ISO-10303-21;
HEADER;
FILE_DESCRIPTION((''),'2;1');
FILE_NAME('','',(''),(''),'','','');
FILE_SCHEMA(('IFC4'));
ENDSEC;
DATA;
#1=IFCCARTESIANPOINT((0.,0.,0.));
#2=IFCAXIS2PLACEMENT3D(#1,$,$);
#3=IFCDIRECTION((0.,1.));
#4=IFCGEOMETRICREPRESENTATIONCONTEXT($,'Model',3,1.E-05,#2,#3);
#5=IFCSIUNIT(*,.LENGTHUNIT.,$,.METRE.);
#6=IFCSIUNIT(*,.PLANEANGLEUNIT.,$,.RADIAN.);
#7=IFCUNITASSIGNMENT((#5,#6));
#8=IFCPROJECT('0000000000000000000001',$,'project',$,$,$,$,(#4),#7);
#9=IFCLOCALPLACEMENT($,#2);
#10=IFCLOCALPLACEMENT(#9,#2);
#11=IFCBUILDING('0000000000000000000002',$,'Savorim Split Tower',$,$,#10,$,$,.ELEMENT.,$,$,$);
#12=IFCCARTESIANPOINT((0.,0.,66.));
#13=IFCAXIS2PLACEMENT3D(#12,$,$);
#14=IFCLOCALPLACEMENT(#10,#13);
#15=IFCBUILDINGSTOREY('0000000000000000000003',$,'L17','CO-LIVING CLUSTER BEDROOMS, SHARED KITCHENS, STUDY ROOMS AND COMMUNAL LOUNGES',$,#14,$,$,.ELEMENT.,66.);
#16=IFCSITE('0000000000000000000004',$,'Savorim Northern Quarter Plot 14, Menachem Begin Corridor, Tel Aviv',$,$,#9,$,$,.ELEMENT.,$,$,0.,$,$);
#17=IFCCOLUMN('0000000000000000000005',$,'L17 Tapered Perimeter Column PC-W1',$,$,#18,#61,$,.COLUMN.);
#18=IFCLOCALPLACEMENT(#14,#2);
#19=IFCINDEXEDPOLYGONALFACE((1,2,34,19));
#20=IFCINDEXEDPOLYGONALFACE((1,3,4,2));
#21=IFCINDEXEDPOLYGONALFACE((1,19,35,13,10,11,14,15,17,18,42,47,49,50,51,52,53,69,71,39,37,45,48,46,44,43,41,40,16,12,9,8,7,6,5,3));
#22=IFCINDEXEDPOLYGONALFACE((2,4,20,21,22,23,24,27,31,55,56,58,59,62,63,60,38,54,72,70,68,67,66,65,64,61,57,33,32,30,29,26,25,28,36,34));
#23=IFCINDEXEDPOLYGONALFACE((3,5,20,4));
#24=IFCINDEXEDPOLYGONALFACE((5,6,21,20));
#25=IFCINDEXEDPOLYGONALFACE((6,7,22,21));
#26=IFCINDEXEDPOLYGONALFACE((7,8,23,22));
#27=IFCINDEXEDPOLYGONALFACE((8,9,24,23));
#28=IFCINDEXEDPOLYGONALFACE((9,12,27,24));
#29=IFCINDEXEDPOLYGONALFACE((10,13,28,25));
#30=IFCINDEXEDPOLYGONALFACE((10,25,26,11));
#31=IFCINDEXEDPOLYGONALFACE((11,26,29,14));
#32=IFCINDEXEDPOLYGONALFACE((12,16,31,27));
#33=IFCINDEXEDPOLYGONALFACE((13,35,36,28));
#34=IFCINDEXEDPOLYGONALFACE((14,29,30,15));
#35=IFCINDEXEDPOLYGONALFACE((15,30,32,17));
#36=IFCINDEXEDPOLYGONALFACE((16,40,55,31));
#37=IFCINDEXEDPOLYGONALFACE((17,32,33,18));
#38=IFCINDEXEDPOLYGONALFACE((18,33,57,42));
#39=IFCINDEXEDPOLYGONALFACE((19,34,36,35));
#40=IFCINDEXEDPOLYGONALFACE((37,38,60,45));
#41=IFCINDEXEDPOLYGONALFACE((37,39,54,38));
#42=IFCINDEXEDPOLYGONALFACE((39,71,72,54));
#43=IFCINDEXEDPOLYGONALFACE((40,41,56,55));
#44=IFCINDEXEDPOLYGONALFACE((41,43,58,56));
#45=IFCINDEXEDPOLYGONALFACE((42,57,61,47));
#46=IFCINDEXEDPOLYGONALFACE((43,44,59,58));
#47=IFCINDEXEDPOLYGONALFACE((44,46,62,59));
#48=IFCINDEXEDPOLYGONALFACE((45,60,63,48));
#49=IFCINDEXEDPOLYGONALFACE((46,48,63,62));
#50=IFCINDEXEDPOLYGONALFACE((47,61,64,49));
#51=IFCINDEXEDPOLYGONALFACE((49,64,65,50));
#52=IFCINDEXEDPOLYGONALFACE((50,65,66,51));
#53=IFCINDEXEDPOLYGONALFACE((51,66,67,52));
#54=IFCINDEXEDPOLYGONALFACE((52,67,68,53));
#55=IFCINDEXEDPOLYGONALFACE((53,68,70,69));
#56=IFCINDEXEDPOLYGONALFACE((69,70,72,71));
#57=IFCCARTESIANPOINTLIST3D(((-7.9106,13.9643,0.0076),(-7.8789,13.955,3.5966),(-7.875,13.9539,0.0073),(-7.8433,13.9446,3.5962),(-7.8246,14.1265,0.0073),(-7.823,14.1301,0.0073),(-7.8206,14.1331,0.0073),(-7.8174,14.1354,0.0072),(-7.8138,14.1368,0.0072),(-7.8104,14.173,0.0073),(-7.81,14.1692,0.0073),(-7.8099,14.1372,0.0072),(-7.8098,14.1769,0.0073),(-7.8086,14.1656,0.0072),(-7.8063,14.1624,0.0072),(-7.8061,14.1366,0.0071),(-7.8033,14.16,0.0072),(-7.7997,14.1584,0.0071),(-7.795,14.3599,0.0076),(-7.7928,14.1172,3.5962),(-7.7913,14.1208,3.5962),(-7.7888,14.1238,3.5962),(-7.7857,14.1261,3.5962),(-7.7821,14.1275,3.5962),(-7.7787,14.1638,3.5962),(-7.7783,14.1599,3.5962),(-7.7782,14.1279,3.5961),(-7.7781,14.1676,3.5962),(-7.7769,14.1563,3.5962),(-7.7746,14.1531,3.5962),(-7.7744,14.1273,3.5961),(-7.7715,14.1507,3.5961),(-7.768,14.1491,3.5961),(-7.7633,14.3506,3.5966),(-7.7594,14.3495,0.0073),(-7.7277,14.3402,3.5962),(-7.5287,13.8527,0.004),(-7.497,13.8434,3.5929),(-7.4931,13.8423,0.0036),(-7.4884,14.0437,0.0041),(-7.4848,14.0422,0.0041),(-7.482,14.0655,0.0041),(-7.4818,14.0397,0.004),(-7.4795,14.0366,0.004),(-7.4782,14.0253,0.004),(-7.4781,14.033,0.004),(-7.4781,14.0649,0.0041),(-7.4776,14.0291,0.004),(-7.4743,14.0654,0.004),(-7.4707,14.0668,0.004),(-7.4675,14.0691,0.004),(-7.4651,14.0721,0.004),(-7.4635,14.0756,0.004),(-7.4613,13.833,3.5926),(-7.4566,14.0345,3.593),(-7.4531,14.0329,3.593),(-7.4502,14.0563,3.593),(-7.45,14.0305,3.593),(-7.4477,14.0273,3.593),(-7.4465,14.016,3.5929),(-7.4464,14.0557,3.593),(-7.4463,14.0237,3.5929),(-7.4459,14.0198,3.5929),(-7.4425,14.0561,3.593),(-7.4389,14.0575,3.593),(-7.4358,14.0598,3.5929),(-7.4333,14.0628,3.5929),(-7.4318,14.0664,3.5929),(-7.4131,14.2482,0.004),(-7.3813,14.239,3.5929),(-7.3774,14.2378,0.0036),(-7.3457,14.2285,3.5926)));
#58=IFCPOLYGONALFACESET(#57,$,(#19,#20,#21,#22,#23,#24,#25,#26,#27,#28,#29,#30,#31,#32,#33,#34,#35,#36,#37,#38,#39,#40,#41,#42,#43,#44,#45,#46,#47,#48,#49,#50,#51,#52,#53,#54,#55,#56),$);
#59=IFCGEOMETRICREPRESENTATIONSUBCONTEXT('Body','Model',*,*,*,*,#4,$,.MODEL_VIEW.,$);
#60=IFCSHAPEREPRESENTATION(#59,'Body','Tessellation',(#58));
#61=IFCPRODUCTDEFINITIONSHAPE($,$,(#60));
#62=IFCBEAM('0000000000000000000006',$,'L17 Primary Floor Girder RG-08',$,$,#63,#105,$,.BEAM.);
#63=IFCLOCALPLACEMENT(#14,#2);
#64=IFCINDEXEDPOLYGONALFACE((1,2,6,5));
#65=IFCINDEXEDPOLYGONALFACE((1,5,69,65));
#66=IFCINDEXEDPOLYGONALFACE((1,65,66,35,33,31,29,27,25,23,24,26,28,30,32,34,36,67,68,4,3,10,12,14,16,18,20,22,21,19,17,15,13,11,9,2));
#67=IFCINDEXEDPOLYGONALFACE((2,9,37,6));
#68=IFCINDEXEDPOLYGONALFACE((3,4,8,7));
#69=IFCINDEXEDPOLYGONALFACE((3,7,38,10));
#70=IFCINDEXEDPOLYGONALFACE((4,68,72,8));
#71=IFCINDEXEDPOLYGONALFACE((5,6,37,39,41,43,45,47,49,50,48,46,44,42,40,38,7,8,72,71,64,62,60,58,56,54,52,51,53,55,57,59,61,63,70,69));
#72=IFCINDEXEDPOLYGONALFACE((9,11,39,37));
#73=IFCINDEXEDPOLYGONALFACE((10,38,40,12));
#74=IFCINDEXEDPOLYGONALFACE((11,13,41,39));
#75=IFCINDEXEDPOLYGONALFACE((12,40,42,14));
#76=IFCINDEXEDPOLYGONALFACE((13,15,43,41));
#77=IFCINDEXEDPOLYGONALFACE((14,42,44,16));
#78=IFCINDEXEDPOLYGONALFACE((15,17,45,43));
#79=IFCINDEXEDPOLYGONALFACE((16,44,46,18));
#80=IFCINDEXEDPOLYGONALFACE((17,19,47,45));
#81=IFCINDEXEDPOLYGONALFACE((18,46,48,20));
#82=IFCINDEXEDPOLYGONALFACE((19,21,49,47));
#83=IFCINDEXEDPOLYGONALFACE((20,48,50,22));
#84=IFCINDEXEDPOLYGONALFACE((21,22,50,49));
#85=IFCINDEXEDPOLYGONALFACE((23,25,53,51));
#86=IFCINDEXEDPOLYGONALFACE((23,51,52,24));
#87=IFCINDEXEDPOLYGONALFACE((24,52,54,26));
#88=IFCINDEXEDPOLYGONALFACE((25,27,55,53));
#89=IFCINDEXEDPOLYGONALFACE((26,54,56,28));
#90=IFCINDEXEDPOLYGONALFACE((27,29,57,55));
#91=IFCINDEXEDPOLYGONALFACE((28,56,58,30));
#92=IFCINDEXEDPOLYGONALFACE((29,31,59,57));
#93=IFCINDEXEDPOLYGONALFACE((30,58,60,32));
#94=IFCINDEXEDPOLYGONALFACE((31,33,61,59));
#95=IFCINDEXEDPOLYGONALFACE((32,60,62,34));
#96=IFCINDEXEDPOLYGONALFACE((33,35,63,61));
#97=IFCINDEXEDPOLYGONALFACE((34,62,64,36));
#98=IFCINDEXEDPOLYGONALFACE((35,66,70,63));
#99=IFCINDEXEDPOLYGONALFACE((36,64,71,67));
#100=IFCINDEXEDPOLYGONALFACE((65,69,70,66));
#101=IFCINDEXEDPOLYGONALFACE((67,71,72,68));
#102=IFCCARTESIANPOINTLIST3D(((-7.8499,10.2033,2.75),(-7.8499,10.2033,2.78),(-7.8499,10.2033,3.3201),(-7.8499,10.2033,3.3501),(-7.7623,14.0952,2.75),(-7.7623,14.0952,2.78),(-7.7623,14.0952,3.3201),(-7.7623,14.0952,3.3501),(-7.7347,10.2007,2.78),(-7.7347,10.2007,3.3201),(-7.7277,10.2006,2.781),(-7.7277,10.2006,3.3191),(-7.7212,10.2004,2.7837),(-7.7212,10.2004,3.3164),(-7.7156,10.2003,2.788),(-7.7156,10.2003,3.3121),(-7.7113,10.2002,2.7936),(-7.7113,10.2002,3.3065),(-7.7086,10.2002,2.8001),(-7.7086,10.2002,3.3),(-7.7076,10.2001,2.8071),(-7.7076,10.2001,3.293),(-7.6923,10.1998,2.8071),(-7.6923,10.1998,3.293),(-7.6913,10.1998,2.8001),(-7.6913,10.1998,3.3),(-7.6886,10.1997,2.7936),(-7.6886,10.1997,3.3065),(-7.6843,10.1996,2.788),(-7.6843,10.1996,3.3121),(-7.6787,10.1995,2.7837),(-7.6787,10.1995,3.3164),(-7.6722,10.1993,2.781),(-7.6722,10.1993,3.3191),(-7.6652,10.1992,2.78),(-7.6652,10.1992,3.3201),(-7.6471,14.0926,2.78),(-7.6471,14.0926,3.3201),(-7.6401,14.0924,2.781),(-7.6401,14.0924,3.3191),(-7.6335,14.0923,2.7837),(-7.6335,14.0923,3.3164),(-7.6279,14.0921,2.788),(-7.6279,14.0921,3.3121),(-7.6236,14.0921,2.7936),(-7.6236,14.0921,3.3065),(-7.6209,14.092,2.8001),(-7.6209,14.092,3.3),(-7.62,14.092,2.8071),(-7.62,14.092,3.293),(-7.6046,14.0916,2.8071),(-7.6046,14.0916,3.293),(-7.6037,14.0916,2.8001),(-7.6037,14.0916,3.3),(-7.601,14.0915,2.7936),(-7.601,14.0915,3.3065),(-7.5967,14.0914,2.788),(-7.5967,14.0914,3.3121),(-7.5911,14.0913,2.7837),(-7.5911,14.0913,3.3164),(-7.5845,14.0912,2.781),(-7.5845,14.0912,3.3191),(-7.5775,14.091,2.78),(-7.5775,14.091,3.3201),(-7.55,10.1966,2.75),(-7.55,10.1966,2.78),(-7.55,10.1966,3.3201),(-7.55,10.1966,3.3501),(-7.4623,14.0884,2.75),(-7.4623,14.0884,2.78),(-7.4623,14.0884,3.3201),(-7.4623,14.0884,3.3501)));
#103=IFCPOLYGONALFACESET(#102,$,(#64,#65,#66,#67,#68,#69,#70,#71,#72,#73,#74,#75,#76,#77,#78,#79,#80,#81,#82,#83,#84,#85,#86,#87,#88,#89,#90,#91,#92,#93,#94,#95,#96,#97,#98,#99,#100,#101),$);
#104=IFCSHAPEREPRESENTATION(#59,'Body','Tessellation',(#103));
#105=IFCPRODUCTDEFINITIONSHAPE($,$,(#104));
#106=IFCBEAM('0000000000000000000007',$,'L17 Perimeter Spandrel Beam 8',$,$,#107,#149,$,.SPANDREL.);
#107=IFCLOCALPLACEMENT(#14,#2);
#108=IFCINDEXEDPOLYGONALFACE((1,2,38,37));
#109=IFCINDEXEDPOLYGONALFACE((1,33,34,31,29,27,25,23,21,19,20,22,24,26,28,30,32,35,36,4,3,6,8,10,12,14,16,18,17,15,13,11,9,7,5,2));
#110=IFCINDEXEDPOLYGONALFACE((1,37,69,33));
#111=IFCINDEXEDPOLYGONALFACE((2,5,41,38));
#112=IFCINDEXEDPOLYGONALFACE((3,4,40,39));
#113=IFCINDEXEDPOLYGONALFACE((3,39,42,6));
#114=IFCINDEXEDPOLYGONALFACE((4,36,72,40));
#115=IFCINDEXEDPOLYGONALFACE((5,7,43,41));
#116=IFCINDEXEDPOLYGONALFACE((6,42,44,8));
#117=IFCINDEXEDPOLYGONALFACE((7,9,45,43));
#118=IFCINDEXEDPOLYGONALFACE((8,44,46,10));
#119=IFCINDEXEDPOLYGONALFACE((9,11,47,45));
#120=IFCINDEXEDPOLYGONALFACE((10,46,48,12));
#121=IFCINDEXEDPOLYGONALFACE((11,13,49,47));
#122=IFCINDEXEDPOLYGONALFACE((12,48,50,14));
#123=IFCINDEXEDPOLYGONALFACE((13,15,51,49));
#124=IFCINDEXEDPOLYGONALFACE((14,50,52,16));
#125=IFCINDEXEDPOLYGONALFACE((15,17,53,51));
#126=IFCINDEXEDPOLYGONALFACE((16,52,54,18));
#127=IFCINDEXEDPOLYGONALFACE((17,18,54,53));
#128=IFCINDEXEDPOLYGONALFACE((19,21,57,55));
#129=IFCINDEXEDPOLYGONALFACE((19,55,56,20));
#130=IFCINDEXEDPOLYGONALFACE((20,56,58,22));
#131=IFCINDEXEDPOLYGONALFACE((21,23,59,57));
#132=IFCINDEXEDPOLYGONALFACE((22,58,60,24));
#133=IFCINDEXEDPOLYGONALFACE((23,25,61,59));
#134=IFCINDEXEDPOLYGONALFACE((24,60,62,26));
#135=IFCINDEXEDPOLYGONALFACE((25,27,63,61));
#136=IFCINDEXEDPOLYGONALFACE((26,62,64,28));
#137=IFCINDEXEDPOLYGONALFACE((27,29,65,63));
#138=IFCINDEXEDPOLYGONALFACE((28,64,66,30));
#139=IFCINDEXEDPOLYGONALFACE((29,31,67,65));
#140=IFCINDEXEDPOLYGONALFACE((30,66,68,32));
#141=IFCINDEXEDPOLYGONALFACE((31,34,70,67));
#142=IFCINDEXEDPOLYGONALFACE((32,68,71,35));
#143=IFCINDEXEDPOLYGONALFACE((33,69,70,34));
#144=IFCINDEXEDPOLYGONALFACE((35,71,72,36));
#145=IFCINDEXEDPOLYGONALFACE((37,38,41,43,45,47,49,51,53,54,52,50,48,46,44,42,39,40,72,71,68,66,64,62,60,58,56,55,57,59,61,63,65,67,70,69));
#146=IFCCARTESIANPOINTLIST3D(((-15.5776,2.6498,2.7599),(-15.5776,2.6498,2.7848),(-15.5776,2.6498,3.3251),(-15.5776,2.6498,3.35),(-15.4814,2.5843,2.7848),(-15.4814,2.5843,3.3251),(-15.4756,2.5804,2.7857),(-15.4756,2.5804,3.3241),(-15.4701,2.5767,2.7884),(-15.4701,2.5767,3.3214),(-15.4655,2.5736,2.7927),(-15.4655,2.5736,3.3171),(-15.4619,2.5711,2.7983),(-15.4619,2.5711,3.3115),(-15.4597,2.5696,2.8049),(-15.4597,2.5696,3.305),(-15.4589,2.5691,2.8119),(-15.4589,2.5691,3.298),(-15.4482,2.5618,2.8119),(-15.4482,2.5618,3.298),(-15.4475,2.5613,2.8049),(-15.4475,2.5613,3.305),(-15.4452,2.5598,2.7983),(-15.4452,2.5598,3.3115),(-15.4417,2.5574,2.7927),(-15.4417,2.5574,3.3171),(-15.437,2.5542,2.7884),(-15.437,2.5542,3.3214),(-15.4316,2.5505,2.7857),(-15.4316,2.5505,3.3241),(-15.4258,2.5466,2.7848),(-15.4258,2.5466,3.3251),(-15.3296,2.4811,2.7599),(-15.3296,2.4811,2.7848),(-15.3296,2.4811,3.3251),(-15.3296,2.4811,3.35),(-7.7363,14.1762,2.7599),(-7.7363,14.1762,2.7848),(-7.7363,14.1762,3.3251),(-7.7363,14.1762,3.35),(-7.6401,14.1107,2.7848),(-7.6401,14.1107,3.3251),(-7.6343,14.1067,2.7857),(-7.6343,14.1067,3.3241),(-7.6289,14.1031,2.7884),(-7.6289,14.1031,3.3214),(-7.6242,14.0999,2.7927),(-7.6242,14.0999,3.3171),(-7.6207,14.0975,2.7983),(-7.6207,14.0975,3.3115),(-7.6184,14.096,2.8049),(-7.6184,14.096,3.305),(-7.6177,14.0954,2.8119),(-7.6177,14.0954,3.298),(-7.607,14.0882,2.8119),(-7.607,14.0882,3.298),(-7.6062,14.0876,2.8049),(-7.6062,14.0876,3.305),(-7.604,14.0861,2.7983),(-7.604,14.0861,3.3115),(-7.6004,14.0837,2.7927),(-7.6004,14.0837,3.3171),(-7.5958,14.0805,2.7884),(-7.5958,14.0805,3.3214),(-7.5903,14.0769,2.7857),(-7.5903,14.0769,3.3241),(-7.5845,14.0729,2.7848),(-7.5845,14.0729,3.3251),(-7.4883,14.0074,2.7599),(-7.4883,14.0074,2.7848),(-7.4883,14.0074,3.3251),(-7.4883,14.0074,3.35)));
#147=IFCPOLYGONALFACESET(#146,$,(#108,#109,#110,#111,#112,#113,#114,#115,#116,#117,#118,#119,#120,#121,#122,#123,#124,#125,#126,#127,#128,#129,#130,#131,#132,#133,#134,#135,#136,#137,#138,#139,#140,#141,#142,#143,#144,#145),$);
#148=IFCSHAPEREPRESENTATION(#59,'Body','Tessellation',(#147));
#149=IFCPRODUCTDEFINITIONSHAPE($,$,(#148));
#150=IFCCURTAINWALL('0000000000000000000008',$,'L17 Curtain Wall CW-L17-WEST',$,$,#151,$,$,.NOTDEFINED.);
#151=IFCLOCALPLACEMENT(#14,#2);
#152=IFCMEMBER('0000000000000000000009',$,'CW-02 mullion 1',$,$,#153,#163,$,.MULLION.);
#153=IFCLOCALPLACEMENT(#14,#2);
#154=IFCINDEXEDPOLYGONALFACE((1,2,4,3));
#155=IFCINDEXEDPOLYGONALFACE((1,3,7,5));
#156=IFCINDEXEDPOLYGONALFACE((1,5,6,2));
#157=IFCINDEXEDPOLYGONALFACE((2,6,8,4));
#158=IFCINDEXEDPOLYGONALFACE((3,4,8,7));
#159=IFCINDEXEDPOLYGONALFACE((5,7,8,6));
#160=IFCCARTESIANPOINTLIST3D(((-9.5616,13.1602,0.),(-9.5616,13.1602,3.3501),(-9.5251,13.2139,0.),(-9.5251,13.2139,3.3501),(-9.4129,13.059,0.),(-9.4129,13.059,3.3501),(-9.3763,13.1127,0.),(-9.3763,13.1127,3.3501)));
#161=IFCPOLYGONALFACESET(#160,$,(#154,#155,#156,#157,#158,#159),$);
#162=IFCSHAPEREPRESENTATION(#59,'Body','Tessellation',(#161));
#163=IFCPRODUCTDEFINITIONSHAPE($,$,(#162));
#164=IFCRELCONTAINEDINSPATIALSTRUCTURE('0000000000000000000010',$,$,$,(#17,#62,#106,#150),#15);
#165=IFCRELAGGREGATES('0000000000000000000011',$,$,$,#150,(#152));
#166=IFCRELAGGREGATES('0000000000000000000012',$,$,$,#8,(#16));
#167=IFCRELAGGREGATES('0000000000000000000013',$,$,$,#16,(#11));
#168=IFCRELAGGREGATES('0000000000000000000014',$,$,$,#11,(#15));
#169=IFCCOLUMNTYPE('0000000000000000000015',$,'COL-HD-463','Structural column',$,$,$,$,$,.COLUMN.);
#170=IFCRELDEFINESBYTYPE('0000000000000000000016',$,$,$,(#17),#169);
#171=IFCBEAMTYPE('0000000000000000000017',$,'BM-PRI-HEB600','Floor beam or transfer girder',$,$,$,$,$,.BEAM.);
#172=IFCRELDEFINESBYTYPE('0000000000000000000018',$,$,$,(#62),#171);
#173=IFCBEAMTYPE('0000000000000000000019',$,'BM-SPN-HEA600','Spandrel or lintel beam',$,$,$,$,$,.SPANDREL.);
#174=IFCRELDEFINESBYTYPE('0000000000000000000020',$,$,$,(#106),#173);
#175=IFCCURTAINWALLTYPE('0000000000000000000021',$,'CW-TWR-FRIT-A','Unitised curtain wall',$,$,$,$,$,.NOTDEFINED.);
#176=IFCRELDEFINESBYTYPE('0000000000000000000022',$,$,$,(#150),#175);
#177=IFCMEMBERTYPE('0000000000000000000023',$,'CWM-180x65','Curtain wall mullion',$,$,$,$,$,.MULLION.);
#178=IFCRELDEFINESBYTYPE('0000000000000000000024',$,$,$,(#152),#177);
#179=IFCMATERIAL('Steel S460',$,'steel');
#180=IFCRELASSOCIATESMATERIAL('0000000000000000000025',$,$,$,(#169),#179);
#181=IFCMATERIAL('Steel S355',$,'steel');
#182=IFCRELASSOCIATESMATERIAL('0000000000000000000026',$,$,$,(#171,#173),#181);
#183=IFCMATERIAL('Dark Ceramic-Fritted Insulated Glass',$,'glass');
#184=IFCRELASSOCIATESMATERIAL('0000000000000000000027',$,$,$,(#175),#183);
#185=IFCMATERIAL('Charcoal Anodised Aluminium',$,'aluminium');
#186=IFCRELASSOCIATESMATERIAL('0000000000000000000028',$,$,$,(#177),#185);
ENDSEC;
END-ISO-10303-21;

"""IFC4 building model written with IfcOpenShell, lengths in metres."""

from ifc_helpers import new_model, si_unit, direction, frame, origin, origin_2d, place, context, subcontext, project, spatial, rectangle, i_section, extrude, material, material_profile, profile_set, type_object, element, aggregate, save


model = new_model("IFC4")

# Units and contexts
model_context = context("Model", 3, precision=1e-05, world=origin(), true_north=direction((0.0, 1.0)))
body_context = subcontext(model_context, "Body", "Model", "MODEL_VIEW")
ifc_project = project(units=[si_unit("LENGTHUNIT", "METRE"), si_unit("PLANEANGLEUNIT", "RADIAN")], contexts=[model_context])

# Site, building, storey
site_placement = place(None, origin())
site = spatial("IfcSite", under=ifc_project, at=site_placement, Name="Savorim Northern Quarter Plot 14, Menachem Begin Corridor, Tel Aviv", CompositionType="ELEMENT", RefElevation=0.0)
building_placement = place(site_placement, origin())
building = spatial("IfcBuilding", under=site, at=building_placement, Name="Savorim Split Tower", CompositionType="ELEMENT")
storey_placement = place(building_placement, frame((0.0, 0.0, 66.0)))
storey = spatial("IfcBuildingStorey", under=building, at=storey_placement, Name="L17", Description="CO-LIVING CLUSTER BEDROOMS, SHARED KITCHENS, STUDY ROOMS AND COMMUNAL LOUNGES", CompositionType="ELEMENT", Elevation=66.0)

# Column
ifc_material_1 = material(Name="Steel S460", Category="steel")
ifc_material_profile_1 = material_profile(ifc_material_1, i_section(OverallWidth=0.4121, OverallDepth=0.4351, WebThickness=0.0227, FlangeThickness=0.0371, FilletRadius=0.0149, at=origin_2d()), Name="HD 400x463")
ifc_profile_set_1 = profile_set([ifc_material_profile_1], Name="Steel S460")
column_type = type_object("IfcColumnType", Name="COL-HD-463", Description="Structural column", PredefinedType="COLUMN", material=ifc_profile_set_1)
column_placement = place(storey_placement, frame((-7.644, 14.1011, 0.0056), z_axis=(0.008843, -0.002585, 0.999958), x_axis=(0.280567, 0.959834, 0.0)))
element("IfcColumn", 1, at=column_placement, inside=storey, type_object=column_type, Name="L17 Tapered Perimeter Column PC-W1", PredefinedType="COLUMN", context=body_context, shape_type="SweptSolid", body=[
    extrude(i_section(OverallWidth=0.4121, OverallDepth=0.4351, WebThickness=0.0227, FlangeThickness=0.0371, FilletRadius=0.0149, at=origin_2d()), origin(), (0.0, 0.0, 1.0), 3.5891),
])

# Beams
ifc_material_2 = material(Name="Steel S355", Category="steel")
ifc_material_profile_2 = material_profile(ifc_material_2, i_section(OverallWidth=0.3, OverallDepth=0.6001, WebThickness=0.0154, FlangeThickness=0.03, FilletRadius=0.0271, at=origin_2d()), Name="HEB 600")
ifc_profile_set_2 = profile_set([ifc_material_profile_2], Name="Steel S355")
beam_type_1 = type_object("IfcBeamType", Name="BM-PRI-HEB600", Description="Floor beam or transfer girder", PredefinedType="BEAM", material=ifc_profile_set_2)
beam_1_placement = place(storey_placement, frame((-7.6123, 14.0918, 3.05), z_axis=(-0.022515, -0.999747, 0.0), x_axis=(0.999747, -0.022515, 0.0)))
element("IfcBeam", 2, at=beam_1_placement, inside=storey, type_object=beam_type_1, Name="L17 Primary Floor Girder RG-08", PredefinedType="BEAM", context=body_context, shape_type="SweptSolid", body=[
    extrude(i_section(OverallWidth=0.3, OverallDepth=0.6001, WebThickness=0.0154, FlangeThickness=0.03, FilletRadius=0.0271, at=origin_2d()), origin(), (0.0, 0.0, 1.0), 3.8928),
])
ifc_material_profile_3 = material_profile(ifc_material_2, i_section(OverallWidth=0.3, OverallDepth=0.5901, WebThickness=0.0129, FlangeThickness=0.0249, FilletRadius=0.0271, at=origin_2d()), Name="HEA 600")
ifc_profile_set_3 = profile_set([ifc_material_profile_3], Name="Steel S355")
beam_type_2 = type_object("IfcBeamType", Name="BM-SPN-HEA600", Description="Spandrel or lintel beam", PredefinedType="SPANDREL", material=ifc_profile_set_3)
beam_2_placement = place(storey_placement, frame((-7.6123, 14.0918, 3.0549), z_axis=(-0.562476, -0.826814, 0.0), x_axis=(0.826814, -0.562476, 0.0)))
element("IfcBeam", 3, at=beam_2_placement, inside=storey, type_object=beam_type_2, Name="L17 Perimeter Spandrel Beam 8", PredefinedType="SPANDREL", context=body_context, shape_type="SweptSolid", body=[
    extrude(i_section(OverallWidth=0.3, OverallDepth=0.5901, WebThickness=0.0129, FlangeThickness=0.0249, FilletRadius=0.0271, at=origin_2d()), origin(), (0.0, 0.0, 1.0), 13.9407),
])

# Curtain wall, member
ifc_material_3 = material(Name="Dark Ceramic-Fritted Insulated Glass", Category="glass")
curtain_wall_type = type_object("IfcCurtainWallType", Name="CW-TWR-FRIT-A", Description="Unitised curtain wall", PredefinedType="NOTDEFINED", material=ifc_material_3)
curtain_wall_placement = place(storey_placement, origin())
curtain_wall = element("IfcCurtainWall", 4, at=curtain_wall_placement, inside=storey, type_object=curtain_wall_type, Name="L17 Curtain Wall CW-L17-WEST", PredefinedType="NOTDEFINED")
ifc_material_4 = material(Name="Charcoal Anodised Aluminium", Category="aluminium")
ifc_material_profile_4 = material_profile(ifc_material_4, rectangle(XDim=0.1799, YDim=0.0649, at=origin_2d()), Name="ALU-M 180x65")
ifc_profile_set_4 = profile_set([ifc_material_profile_4], Name="Charcoal Anodised Aluminium")
member_type = type_object("IfcMemberType", Name="CWM-180x65", Description="Curtain wall mullion", PredefinedType="MULLION", material=ifc_profile_set_4)
member_placement = place(storey_placement, frame((-9.469, 13.1365, 0.0), z_axis=(0.0, 0.0, 1.0), x_axis=(0.82682, -0.562466, 0.0)))
member = element("IfcMember", 5, at=member_placement, type_object=member_type, Name="CW-02 mullion 1", PredefinedType="MULLION", context=body_context, shape_type="SweptSolid", body=[
    extrude(rectangle(XDim=0.1799, YDim=0.0649, at=origin_2d()), origin(), (0.0, 0.0, 1.0), 3.3501),
])
aggregate(curtain_wall, [member])

save(model, "model.ifc")
